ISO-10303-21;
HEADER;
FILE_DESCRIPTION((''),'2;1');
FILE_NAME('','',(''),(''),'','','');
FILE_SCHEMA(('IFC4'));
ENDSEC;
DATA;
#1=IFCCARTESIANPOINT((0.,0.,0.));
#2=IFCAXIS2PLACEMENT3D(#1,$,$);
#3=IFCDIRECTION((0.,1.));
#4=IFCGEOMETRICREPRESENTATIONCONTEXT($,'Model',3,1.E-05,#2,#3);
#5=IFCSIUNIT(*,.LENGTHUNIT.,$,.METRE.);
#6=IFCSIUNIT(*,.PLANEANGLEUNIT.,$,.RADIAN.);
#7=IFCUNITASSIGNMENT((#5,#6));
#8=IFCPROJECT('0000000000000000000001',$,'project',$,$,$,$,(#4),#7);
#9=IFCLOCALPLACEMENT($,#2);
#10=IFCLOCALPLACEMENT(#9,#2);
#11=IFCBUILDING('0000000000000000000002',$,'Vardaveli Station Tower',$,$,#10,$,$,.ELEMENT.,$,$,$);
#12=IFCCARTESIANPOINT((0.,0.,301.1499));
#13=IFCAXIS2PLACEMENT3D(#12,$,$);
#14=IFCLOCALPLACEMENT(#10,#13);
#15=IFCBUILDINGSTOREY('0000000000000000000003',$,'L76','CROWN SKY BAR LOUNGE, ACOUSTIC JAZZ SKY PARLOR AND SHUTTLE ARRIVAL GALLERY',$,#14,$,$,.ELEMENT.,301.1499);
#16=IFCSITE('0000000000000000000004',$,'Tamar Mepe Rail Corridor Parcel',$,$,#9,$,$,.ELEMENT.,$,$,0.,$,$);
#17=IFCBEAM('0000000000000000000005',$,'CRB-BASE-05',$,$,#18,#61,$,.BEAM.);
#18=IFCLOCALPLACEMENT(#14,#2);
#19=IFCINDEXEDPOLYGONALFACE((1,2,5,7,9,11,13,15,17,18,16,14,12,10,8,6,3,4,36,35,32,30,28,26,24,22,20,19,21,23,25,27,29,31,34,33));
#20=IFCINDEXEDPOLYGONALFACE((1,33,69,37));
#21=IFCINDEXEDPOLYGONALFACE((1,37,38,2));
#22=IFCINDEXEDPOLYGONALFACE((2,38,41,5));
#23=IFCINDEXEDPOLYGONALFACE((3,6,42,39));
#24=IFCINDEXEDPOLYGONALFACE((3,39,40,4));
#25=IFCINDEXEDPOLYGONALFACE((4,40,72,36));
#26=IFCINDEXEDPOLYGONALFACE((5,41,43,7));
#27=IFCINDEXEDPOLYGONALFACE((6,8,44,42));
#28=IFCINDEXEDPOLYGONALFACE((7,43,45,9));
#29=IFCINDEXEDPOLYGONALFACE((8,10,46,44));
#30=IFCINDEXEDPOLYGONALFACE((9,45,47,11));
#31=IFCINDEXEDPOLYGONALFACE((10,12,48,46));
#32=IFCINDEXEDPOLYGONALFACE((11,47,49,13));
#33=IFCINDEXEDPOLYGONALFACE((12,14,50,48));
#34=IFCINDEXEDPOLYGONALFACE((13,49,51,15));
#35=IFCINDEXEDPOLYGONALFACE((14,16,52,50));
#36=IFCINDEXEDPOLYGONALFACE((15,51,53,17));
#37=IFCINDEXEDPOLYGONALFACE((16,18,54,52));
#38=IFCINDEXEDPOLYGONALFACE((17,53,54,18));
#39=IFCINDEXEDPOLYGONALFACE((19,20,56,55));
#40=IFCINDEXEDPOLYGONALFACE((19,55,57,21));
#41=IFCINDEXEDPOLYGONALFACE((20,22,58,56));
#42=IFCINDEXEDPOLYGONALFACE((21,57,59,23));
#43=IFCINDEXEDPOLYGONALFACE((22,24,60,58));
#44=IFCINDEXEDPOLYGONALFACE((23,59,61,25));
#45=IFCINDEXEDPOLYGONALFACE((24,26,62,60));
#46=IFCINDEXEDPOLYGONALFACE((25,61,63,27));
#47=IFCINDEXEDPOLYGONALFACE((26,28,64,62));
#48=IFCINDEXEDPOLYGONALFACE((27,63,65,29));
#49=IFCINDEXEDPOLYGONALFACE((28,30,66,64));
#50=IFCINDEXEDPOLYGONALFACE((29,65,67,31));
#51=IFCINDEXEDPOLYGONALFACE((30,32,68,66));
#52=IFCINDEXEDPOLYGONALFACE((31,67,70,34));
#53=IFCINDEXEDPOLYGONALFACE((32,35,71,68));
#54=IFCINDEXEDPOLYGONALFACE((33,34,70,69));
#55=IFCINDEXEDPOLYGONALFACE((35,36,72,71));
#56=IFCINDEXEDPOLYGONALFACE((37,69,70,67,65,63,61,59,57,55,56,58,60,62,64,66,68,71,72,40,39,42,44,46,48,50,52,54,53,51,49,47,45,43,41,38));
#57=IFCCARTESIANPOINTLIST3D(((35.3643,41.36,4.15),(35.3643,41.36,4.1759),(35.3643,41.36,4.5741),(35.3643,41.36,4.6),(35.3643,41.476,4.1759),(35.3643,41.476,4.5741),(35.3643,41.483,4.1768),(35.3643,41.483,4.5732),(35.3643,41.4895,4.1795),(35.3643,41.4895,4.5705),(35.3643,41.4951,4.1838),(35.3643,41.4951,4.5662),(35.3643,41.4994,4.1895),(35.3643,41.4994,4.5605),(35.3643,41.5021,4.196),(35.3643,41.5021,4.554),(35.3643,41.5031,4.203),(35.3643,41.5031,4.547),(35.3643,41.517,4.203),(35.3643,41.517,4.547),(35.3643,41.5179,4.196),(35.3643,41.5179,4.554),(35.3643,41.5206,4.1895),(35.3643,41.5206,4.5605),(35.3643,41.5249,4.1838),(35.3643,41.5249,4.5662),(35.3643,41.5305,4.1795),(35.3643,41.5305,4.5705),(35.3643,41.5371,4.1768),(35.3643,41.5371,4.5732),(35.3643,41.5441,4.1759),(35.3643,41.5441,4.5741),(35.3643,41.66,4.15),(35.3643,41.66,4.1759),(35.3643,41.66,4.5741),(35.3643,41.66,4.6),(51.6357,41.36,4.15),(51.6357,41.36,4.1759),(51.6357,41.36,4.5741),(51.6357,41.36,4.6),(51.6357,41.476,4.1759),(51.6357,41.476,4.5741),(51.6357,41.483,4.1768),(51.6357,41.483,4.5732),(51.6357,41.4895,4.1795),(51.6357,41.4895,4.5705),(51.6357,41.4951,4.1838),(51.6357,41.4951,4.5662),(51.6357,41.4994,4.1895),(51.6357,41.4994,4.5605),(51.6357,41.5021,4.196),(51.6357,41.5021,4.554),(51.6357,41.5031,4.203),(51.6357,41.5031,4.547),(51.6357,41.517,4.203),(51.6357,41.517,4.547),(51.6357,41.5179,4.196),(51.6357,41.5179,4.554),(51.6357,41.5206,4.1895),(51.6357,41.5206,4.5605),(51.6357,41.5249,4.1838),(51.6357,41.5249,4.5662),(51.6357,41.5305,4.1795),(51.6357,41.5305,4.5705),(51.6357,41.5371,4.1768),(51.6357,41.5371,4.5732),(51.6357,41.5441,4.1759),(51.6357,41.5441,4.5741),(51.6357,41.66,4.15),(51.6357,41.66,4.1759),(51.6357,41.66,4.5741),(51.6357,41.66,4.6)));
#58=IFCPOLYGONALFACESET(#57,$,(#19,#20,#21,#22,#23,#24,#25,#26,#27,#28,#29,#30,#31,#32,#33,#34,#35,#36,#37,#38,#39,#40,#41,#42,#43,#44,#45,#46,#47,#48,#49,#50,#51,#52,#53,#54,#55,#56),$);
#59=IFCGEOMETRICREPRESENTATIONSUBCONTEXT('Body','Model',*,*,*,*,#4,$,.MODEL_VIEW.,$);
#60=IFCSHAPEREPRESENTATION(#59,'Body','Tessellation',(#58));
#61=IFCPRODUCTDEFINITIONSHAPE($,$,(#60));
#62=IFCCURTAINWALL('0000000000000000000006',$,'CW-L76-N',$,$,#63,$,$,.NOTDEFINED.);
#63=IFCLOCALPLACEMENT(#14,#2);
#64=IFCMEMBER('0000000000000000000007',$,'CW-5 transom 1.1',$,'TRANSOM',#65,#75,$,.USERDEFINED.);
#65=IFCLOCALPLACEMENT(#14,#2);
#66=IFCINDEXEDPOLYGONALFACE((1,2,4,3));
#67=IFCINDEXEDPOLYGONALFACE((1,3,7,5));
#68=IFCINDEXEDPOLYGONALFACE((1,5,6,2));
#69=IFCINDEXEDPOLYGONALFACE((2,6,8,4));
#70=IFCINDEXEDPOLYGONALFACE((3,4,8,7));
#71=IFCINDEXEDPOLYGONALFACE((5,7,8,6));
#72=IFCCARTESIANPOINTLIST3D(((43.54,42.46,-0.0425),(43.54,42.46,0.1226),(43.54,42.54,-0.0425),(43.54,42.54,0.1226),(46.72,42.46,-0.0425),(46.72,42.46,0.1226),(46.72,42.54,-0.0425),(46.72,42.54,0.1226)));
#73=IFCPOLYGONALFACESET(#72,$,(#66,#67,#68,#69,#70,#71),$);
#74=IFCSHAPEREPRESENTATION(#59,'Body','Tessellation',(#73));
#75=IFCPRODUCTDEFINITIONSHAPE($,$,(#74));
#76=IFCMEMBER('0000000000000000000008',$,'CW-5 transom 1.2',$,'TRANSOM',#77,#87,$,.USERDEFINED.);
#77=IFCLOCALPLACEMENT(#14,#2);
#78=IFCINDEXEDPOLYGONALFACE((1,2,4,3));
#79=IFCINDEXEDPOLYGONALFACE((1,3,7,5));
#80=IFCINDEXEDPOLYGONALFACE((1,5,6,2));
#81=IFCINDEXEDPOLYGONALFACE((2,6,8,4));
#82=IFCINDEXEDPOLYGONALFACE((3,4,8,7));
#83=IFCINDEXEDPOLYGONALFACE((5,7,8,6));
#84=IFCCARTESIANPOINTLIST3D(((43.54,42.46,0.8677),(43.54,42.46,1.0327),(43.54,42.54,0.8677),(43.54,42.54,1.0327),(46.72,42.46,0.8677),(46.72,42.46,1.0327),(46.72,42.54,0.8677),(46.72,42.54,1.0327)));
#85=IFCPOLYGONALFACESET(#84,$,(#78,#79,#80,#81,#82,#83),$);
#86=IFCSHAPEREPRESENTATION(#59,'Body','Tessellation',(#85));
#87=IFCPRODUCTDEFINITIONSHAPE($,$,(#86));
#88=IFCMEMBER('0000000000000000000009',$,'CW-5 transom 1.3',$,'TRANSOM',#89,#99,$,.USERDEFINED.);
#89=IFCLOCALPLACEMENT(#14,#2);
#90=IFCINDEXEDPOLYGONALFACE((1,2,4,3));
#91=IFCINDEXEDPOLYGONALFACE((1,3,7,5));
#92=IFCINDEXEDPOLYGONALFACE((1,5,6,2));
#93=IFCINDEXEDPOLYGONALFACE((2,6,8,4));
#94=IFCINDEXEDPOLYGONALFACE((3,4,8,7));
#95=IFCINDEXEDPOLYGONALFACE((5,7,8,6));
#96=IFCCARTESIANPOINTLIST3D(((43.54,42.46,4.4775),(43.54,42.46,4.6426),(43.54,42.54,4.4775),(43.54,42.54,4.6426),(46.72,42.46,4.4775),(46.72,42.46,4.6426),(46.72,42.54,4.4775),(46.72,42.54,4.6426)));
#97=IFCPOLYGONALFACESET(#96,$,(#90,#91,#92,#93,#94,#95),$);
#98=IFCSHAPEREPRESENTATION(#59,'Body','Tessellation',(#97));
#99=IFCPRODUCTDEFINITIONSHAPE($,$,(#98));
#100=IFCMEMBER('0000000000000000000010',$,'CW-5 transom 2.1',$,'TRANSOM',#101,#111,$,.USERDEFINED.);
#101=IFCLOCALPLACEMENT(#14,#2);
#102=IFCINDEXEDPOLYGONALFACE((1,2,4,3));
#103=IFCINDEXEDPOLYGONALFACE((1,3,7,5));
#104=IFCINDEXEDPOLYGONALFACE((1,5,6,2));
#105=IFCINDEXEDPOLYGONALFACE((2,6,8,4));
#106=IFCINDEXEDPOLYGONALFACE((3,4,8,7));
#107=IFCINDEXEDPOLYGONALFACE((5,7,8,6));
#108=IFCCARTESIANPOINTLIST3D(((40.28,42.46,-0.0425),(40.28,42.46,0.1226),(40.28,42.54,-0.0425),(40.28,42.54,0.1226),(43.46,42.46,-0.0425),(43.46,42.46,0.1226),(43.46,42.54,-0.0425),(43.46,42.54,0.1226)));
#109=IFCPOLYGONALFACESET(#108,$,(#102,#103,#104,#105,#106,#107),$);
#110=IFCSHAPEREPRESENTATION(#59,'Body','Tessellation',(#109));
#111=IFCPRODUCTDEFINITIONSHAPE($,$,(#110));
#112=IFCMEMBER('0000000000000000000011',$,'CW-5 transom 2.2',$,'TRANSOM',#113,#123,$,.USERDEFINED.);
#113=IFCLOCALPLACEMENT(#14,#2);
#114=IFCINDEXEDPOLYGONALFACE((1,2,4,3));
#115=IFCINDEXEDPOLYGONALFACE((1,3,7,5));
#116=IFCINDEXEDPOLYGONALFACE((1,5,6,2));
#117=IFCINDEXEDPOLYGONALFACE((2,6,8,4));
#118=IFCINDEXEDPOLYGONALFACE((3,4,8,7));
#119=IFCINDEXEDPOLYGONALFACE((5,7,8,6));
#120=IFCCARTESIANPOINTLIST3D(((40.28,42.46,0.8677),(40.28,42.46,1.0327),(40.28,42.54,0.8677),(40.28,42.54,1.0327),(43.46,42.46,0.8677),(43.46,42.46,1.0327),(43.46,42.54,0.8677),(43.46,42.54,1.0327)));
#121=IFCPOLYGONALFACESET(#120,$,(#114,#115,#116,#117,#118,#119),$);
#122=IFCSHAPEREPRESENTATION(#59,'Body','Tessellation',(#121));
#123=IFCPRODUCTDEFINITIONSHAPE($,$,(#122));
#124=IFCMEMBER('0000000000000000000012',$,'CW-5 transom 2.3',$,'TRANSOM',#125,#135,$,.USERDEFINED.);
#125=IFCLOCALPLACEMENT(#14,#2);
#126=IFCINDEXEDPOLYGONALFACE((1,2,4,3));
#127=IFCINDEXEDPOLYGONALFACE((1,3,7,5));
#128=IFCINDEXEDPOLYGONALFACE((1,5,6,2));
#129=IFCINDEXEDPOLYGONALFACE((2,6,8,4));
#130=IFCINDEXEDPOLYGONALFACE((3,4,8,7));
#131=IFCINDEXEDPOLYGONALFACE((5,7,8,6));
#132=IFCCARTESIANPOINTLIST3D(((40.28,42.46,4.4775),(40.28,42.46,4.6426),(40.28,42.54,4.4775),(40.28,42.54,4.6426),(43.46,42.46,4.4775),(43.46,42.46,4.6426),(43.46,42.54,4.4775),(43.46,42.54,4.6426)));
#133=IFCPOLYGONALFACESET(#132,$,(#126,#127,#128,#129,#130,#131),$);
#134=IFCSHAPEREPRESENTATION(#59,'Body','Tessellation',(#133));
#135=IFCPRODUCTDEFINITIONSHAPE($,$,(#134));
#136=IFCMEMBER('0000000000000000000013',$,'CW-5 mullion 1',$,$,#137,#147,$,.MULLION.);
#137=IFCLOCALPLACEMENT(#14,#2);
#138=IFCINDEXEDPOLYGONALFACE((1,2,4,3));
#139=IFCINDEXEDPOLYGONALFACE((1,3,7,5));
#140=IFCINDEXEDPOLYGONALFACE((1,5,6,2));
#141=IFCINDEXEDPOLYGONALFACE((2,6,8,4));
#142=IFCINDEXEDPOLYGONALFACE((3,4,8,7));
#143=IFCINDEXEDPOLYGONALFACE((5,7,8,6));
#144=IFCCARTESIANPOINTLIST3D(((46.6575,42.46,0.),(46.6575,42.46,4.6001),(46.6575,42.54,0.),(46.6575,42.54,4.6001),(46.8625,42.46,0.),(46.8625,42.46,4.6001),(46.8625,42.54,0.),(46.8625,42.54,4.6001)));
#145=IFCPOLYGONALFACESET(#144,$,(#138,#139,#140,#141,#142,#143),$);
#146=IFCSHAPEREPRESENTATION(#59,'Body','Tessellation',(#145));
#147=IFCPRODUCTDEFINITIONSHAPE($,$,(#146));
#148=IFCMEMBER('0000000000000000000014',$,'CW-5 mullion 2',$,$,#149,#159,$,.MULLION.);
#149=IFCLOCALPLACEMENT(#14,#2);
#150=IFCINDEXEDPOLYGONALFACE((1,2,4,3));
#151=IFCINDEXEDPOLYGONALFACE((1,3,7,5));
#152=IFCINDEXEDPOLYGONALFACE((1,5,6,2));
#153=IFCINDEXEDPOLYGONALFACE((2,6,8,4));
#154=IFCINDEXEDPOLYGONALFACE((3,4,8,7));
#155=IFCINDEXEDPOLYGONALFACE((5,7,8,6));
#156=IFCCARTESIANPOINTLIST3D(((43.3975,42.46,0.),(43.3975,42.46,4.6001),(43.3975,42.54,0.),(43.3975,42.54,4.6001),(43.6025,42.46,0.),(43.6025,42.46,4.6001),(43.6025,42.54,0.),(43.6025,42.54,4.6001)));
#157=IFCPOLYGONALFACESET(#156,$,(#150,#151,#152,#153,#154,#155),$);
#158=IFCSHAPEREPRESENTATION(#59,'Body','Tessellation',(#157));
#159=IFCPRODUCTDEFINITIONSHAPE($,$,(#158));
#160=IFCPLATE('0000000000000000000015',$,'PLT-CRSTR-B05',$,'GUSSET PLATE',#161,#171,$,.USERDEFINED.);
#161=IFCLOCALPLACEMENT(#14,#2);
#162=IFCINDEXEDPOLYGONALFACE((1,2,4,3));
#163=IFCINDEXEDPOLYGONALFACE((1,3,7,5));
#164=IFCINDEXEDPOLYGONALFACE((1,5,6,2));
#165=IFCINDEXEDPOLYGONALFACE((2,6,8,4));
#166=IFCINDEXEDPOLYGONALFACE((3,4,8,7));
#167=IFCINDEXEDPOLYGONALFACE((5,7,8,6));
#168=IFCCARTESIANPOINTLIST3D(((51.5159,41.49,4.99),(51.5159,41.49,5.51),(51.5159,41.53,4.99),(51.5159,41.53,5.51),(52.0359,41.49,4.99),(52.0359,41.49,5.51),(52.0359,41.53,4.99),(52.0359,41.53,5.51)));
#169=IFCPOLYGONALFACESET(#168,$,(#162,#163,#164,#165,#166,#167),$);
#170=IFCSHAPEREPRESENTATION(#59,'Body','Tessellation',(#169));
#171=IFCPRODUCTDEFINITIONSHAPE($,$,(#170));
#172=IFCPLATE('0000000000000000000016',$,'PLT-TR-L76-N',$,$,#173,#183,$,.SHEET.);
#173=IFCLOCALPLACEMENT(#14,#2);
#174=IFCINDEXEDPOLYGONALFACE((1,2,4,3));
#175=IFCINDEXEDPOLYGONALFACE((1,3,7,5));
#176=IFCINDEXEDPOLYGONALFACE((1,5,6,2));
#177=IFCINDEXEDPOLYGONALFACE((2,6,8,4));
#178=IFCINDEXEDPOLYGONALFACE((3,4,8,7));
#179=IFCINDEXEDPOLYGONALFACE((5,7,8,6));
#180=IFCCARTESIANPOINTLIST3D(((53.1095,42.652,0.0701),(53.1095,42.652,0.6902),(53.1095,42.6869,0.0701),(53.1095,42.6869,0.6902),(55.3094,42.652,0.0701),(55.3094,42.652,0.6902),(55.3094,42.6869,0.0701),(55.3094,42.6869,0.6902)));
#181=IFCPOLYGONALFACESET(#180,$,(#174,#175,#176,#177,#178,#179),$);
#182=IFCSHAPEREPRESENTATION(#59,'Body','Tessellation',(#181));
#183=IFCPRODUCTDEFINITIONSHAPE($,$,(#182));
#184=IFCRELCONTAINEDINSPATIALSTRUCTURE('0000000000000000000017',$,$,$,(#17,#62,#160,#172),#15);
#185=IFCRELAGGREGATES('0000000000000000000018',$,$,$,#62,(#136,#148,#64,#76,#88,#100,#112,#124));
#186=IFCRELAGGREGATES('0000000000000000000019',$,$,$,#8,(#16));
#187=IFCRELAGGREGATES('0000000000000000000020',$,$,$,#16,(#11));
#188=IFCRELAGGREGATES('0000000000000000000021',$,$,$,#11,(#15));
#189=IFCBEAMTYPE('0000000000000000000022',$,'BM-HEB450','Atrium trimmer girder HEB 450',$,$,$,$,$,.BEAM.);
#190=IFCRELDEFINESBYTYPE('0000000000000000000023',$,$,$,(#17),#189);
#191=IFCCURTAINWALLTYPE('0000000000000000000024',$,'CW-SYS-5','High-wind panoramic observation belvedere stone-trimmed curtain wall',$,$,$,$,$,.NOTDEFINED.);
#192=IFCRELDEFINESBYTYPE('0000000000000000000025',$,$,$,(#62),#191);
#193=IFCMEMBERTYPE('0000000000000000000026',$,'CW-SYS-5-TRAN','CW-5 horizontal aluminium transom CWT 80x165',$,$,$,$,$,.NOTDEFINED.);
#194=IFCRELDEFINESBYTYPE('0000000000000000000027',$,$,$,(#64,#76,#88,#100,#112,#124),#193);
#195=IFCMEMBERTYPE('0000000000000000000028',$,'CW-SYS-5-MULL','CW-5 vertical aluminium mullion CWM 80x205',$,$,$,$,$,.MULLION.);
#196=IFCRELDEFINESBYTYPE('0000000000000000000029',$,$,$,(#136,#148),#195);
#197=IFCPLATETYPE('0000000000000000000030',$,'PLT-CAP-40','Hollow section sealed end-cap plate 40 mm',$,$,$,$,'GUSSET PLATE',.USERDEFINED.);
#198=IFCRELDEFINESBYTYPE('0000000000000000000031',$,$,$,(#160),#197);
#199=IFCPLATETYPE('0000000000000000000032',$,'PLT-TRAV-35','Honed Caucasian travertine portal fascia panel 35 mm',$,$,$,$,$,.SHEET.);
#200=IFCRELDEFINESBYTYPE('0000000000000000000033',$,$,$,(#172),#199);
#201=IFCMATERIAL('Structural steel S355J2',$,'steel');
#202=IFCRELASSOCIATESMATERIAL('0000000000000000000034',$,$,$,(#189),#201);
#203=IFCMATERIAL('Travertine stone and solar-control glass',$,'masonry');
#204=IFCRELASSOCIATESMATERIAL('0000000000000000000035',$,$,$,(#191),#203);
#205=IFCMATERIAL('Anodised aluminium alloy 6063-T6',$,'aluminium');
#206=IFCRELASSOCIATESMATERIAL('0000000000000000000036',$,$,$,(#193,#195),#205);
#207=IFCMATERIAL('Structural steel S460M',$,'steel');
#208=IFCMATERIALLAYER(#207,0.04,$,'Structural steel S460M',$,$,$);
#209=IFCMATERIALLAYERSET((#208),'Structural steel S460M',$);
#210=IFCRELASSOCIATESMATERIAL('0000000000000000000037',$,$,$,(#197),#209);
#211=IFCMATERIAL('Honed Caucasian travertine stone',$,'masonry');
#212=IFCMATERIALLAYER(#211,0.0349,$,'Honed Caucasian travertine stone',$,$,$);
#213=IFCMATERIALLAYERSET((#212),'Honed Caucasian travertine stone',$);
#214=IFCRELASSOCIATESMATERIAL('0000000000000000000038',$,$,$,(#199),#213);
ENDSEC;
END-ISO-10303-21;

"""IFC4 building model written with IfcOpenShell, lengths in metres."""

from ifc_helpers import new_model, si_unit, direction, frame, origin, origin_2d, place, context, subcontext, project, spatial, rectangle, i_section, extrude, source, transform, mapped, material, layer, layer_set, material_profile, profile_set, type_object, element, aggregate, save


model = new_model("IFC4")

# Units and contexts
model_context = context("Model", 3, precision=1e-05, world=origin(), true_north=direction((0.0, 1.0)))
body_context = subcontext(model_context, "Body", "Model", "MODEL_VIEW")
ifc_project = project(units=[si_unit("LENGTHUNIT", "METRE"), si_unit("PLANEANGLEUNIT", "RADIAN")], contexts=[model_context])

# Site, building, storey
site_placement = place(None, origin())
site = spatial("IfcSite", under=ifc_project, at=site_placement, Name="Tamar Mepe Rail Corridor Parcel", CompositionType="ELEMENT", RefElevation=0.0)
building_placement = place(site_placement, origin())
building = spatial("IfcBuilding", under=site, at=building_placement, Name="Vardaveli Station Tower", CompositionType="ELEMENT")
storey_placement = place(building_placement, frame((0.0, 0.0, 301.1499)))
storey = spatial("IfcBuildingStorey", under=building, at=storey_placement, Name="L76", Description="CROWN SKY BAR LOUNGE, ACOUSTIC JAZZ SKY PARLOR AND SHUTTLE ARRIVAL GALLERY", CompositionType="ELEMENT", Elevation=301.1499)

# Shared definitions
ifc_material_1 = material(Name="Structural steel S355J2", Category="steel")

# Beam
ifc_material_profile_1 = material_profile(ifc_material_1, i_section(OverallWidth=0.3, OverallDepth=0.45, WebThickness=0.0139, FlangeThickness=0.0259, FilletRadius=0.0271, at=origin_2d()), Name="HEB 450")
ifc_profile_set_1 = profile_set([ifc_material_profile_1], Name="Structural steel S355J2")
beam_type_1 = type_object("IfcBeamType", Name="BM-HEB450", Description="Atrium trimmer girder HEB 450", PredefinedType="BEAM", material=ifc_profile_set_1)
shared_shape_1 = source(origin(), body_context, "Body", "SweptSolid", [
    extrude(i_section(OverallWidth=0.3, OverallDepth=0.45, WebThickness=0.0139, FlangeThickness=0.0259, FilletRadius=0.0271, at=origin_2d()), origin(), (0.0, 0.0, 1.0), 16.2715),
])
beam_1_placement = place(storey_placement, frame((51.6357, 41.51, 4.375), z_axis=(-1.0, 0.0, 0.0), x_axis=(0.0, -1.0, 0.0)))
element("IfcBeam", 1, at=beam_1_placement, inside=storey, type_object=beam_type_1, Name="CRB-BASE-05", PredefinedType="BEAM", context=body_context, shape_type="MappedRepresentation", body=[
    mapped(shared_shape_1, transform((0.0, 0.0, 0.0), scale=1.0)),
])

# Curtain wall, members
ifc_material_2 = material(Name="Travertine stone and solar-control glass", Category="masonry")
curtain_wall_type = type_object("IfcCurtainWallType", Name="CW-SYS-5", Description="High-wind panoramic observation belvedere stone-trimmed curtain wall", PredefinedType="NOTDEFINED", material=ifc_material_2)
curtain_wall_placement = place(storey_placement, origin())
curtain_wall = element("IfcCurtainWall", 2, at=curtain_wall_placement, inside=storey, type_object=curtain_wall_type, Name="CW-L76-N", PredefinedType="NOTDEFINED")
ifc_material_3 = material(Name="Anodised aluminium alloy 6063-T6", Category="aluminium")
ifc_material_profile_2 = material_profile(ifc_material_3, rectangle(XDim=0.0801, YDim=0.165, at=origin_2d()), Name="CWT 80x165")
ifc_profile_set_2 = profile_set([ifc_material_profile_2], Name="Anodised aluminium alloy 6063-T6")
member_type_1 = type_object("IfcMemberType", Name="CW-SYS-5-TRAN", Description="CW-5 horizontal aluminium transom CWT 80x165", PredefinedType="NOTDEFINED", material=ifc_profile_set_2)
shared_shape_2 = source(origin(), body_context, "Body", "SweptSolid", [
    extrude(rectangle(XDim=0.0801, YDim=0.165, at=origin_2d()), origin(), (0.0, 0.0, 1.0), 3.1799),
])
member_1_placement = place(storey_placement, frame((46.72, 42.5, 0.04), z_axis=(-1.0, 0.0, 0.0), x_axis=(0.0, -1.0, 0.0)))
member_1 = element("IfcMember", 3, at=member_1_placement, type_object=member_type_1, Name="CW-5 transom 1.1", ObjectType="TRANSOM", PredefinedType="USERDEFINED", context=body_context, shape_type="MappedRepresentation", body=[
    mapped(shared_shape_2, transform((0.0, 0.0, 0.0), scale=1.0)),
])
member_2_placement = place(storey_placement, frame((46.72, 42.5, 0.9502), z_axis=(-1.0, 0.0, 0.0), x_axis=(0.0, -1.0, 0.0)))
member_2 = element("IfcMember", 4, at=member_2_placement, type_object=member_type_1, Name="CW-5 transom 1.2", ObjectType="TRANSOM", PredefinedType="USERDEFINED", context=body_context, shape_type="MappedRepresentation", body=[
    mapped(shared_shape_2, transform((0.0, 0.0, 0.0), scale=1.0)),
])
member_3_placement = place(storey_placement, frame((46.72, 42.5, 4.5601), z_axis=(-1.0, 0.0, 0.0), x_axis=(0.0, -1.0, 0.0)))
member_3 = element("IfcMember", 5, at=member_3_placement, type_object=member_type_1, Name="CW-5 transom 1.3", ObjectType="TRANSOM", PredefinedType="USERDEFINED", context=body_context, shape_type="MappedRepresentation", body=[
    mapped(shared_shape_2, transform((0.0, 0.0, 0.0), scale=1.0)),
])
member_4_placement = place(storey_placement, frame((43.46, 42.5, 0.04), z_axis=(-1.0, 0.0, 0.0), x_axis=(0.0, -1.0, 0.0)))
member_4 = element("IfcMember", 6, at=member_4_placement, type_object=member_type_1, Name="CW-5 transom 2.1", ObjectType="TRANSOM", PredefinedType="USERDEFINED", context=body_context, shape_type="MappedRepresentation", body=[
    mapped(shared_shape_2, transform((0.0, 0.0, 0.0), scale=1.0)),
])
member_5_placement = place(storey_placement, frame((43.46, 42.5, 0.9502), z_axis=(-1.0, 0.0, 0.0), x_axis=(0.0, -1.0, 0.0)))
member_5 = element("IfcMember", 7, at=member_5_placement, type_object=member_type_1, Name="CW-5 transom 2.2", ObjectType="TRANSOM", PredefinedType="USERDEFINED", context=body_context, shape_type="MappedRepresentation", body=[
    mapped(shared_shape_2, transform((0.0, 0.0, 0.0), scale=1.0)),
])
member_6_placement = place(storey_placement, frame((43.46, 42.5, 4.5601), z_axis=(-1.0, 0.0, 0.0), x_axis=(0.0, -1.0, 0.0)))
member_6 = element("IfcMember", 8, at=member_6_placement, type_object=member_type_1, Name="CW-5 transom 2.3", ObjectType="TRANSOM", PredefinedType="USERDEFINED", context=body_context, shape_type="MappedRepresentation", body=[
    mapped(shared_shape_2, transform((0.0, 0.0, 0.0), scale=1.0)),
])
ifc_material_profile_3 = material_profile(ifc_material_3, rectangle(XDim=0.0801, YDim=0.2051, at=origin_2d()), Name="CWM 80x205")
ifc_profile_set_3 = profile_set([ifc_material_profile_3], Name="Anodised aluminium alloy 6063-T6")
member_type_2 = type_object("IfcMemberType", Name="CW-SYS-5-MULL", Description="CW-5 vertical aluminium mullion CWM 80x205", PredefinedType="MULLION", material=ifc_profile_set_3)
shared_shape_3 = source(origin(), body_context, "Body", "SweptSolid", [
    extrude(rectangle(XDim=0.0801, YDim=0.2051, at=origin_2d()), origin(), (0.0, 0.0, 1.0), 4.6001),
])
member_7_placement = place(storey_placement, frame((46.76, 42.5, 0.0), z_axis=(0.0, 0.0, 1.0), x_axis=(0.0, -1.0, 0.0)))
member_7 = element("IfcMember", 9, at=member_7_placement, type_object=member_type_2, Name="CW-5 mullion 1", PredefinedType="MULLION", context=body_context, shape_type="MappedRepresentation", body=[
    mapped(shared_shape_3, transform((0.0, 0.0, 0.0), scale=1.0)),
])
member_8_placement = place(storey_placement, frame((43.5, 42.5, 0.0), z_axis=(0.0, 0.0, 1.0), x_axis=(0.0, -1.0, 0.0)))
member_8 = element("IfcMember", 10, at=member_8_placement, type_object=member_type_2, Name="CW-5 mullion 2", PredefinedType="MULLION", context=body_context, shape_type="MappedRepresentation", body=[
    mapped(shared_shape_3, transform((0.0, 0.0, 0.0), scale=1.0)),
])

# Plates
ifc_material_4 = material(Name="Structural steel S460M", Category="steel")
ifc_layer_1 = layer(ifc_material_4, 0.04, Name="Structural steel S460M")
ifc_layer_set_1 = layer_set([ifc_layer_1], Name="Structural steel S460M")
plate_type_1 = type_object("IfcPlateType", Name="PLT-CAP-40", Description="Hollow section sealed end-cap plate 40 mm", ElementType="GUSSET PLATE", PredefinedType="USERDEFINED", material=ifc_layer_set_1)
shared_shape_4 = source(origin(), body_context, "Body", "SweptSolid", [
    extrude(rectangle(XDim=0.52, YDim=0.04, at=origin_2d()), origin(), (0.0, 0.0, 1.0), 0.52),
])
plate_1_placement = place(storey_placement, frame((51.7759, 41.51, 4.99), z_axis=(0.0, 0.0, 1.0), x_axis=(-1.0, 0.0, 0.0)))
element("IfcPlate", 11, at=plate_1_placement, inside=storey, type_object=plate_type_1, Name="PLT-CRSTR-B05", ObjectType="GUSSET PLATE", PredefinedType="USERDEFINED", context=body_context, shape_type="MappedRepresentation", body=[
    mapped(shared_shape_4, transform((0.0, 0.0, 0.0), scale=1.0)),
])
ifc_material_5 = material(Name="Honed Caucasian travertine stone", Category="masonry")
ifc_layer_2 = layer(ifc_material_5, 0.0349, Name="Honed Caucasian travertine stone")
ifc_layer_set_2 = layer_set([ifc_layer_2], Name="Honed Caucasian travertine stone")
plate_type_2 = type_object("IfcPlateType", Name="PLT-TRAV-35", Description="Honed Caucasian travertine portal fascia panel 35 mm", PredefinedType="SHEET", material=ifc_layer_set_2)
shared_shape_5 = source(origin(), body_context, "Body", "SweptSolid", [
    extrude(rectangle(XDim=2.2, YDim=0.0349, at=origin_2d()), origin(), (0.0, 0.0, 1.0), 0.6201),
])
plate_2_placement = place(storey_placement, frame((54.2095, 42.6694, 0.0701), z_axis=(0.0, 0.0, 1.0), x_axis=(1.0, 0.0, 0.0)))
element("IfcPlate", 12, at=plate_2_placement, inside=storey, type_object=plate_type_2, Name="PLT-TR-L76-N", PredefinedType="SHEET", context=body_context, shape_type="MappedRepresentation", body=[
    mapped(shared_shape_5, transform((0.0, 0.0, 0.0), scale=1.0)),
])

aggregate(curtain_wall, [member_7, member_8, member_1, member_2, member_3, member_4, member_5, member_6])

save(model, "model.ifc")
